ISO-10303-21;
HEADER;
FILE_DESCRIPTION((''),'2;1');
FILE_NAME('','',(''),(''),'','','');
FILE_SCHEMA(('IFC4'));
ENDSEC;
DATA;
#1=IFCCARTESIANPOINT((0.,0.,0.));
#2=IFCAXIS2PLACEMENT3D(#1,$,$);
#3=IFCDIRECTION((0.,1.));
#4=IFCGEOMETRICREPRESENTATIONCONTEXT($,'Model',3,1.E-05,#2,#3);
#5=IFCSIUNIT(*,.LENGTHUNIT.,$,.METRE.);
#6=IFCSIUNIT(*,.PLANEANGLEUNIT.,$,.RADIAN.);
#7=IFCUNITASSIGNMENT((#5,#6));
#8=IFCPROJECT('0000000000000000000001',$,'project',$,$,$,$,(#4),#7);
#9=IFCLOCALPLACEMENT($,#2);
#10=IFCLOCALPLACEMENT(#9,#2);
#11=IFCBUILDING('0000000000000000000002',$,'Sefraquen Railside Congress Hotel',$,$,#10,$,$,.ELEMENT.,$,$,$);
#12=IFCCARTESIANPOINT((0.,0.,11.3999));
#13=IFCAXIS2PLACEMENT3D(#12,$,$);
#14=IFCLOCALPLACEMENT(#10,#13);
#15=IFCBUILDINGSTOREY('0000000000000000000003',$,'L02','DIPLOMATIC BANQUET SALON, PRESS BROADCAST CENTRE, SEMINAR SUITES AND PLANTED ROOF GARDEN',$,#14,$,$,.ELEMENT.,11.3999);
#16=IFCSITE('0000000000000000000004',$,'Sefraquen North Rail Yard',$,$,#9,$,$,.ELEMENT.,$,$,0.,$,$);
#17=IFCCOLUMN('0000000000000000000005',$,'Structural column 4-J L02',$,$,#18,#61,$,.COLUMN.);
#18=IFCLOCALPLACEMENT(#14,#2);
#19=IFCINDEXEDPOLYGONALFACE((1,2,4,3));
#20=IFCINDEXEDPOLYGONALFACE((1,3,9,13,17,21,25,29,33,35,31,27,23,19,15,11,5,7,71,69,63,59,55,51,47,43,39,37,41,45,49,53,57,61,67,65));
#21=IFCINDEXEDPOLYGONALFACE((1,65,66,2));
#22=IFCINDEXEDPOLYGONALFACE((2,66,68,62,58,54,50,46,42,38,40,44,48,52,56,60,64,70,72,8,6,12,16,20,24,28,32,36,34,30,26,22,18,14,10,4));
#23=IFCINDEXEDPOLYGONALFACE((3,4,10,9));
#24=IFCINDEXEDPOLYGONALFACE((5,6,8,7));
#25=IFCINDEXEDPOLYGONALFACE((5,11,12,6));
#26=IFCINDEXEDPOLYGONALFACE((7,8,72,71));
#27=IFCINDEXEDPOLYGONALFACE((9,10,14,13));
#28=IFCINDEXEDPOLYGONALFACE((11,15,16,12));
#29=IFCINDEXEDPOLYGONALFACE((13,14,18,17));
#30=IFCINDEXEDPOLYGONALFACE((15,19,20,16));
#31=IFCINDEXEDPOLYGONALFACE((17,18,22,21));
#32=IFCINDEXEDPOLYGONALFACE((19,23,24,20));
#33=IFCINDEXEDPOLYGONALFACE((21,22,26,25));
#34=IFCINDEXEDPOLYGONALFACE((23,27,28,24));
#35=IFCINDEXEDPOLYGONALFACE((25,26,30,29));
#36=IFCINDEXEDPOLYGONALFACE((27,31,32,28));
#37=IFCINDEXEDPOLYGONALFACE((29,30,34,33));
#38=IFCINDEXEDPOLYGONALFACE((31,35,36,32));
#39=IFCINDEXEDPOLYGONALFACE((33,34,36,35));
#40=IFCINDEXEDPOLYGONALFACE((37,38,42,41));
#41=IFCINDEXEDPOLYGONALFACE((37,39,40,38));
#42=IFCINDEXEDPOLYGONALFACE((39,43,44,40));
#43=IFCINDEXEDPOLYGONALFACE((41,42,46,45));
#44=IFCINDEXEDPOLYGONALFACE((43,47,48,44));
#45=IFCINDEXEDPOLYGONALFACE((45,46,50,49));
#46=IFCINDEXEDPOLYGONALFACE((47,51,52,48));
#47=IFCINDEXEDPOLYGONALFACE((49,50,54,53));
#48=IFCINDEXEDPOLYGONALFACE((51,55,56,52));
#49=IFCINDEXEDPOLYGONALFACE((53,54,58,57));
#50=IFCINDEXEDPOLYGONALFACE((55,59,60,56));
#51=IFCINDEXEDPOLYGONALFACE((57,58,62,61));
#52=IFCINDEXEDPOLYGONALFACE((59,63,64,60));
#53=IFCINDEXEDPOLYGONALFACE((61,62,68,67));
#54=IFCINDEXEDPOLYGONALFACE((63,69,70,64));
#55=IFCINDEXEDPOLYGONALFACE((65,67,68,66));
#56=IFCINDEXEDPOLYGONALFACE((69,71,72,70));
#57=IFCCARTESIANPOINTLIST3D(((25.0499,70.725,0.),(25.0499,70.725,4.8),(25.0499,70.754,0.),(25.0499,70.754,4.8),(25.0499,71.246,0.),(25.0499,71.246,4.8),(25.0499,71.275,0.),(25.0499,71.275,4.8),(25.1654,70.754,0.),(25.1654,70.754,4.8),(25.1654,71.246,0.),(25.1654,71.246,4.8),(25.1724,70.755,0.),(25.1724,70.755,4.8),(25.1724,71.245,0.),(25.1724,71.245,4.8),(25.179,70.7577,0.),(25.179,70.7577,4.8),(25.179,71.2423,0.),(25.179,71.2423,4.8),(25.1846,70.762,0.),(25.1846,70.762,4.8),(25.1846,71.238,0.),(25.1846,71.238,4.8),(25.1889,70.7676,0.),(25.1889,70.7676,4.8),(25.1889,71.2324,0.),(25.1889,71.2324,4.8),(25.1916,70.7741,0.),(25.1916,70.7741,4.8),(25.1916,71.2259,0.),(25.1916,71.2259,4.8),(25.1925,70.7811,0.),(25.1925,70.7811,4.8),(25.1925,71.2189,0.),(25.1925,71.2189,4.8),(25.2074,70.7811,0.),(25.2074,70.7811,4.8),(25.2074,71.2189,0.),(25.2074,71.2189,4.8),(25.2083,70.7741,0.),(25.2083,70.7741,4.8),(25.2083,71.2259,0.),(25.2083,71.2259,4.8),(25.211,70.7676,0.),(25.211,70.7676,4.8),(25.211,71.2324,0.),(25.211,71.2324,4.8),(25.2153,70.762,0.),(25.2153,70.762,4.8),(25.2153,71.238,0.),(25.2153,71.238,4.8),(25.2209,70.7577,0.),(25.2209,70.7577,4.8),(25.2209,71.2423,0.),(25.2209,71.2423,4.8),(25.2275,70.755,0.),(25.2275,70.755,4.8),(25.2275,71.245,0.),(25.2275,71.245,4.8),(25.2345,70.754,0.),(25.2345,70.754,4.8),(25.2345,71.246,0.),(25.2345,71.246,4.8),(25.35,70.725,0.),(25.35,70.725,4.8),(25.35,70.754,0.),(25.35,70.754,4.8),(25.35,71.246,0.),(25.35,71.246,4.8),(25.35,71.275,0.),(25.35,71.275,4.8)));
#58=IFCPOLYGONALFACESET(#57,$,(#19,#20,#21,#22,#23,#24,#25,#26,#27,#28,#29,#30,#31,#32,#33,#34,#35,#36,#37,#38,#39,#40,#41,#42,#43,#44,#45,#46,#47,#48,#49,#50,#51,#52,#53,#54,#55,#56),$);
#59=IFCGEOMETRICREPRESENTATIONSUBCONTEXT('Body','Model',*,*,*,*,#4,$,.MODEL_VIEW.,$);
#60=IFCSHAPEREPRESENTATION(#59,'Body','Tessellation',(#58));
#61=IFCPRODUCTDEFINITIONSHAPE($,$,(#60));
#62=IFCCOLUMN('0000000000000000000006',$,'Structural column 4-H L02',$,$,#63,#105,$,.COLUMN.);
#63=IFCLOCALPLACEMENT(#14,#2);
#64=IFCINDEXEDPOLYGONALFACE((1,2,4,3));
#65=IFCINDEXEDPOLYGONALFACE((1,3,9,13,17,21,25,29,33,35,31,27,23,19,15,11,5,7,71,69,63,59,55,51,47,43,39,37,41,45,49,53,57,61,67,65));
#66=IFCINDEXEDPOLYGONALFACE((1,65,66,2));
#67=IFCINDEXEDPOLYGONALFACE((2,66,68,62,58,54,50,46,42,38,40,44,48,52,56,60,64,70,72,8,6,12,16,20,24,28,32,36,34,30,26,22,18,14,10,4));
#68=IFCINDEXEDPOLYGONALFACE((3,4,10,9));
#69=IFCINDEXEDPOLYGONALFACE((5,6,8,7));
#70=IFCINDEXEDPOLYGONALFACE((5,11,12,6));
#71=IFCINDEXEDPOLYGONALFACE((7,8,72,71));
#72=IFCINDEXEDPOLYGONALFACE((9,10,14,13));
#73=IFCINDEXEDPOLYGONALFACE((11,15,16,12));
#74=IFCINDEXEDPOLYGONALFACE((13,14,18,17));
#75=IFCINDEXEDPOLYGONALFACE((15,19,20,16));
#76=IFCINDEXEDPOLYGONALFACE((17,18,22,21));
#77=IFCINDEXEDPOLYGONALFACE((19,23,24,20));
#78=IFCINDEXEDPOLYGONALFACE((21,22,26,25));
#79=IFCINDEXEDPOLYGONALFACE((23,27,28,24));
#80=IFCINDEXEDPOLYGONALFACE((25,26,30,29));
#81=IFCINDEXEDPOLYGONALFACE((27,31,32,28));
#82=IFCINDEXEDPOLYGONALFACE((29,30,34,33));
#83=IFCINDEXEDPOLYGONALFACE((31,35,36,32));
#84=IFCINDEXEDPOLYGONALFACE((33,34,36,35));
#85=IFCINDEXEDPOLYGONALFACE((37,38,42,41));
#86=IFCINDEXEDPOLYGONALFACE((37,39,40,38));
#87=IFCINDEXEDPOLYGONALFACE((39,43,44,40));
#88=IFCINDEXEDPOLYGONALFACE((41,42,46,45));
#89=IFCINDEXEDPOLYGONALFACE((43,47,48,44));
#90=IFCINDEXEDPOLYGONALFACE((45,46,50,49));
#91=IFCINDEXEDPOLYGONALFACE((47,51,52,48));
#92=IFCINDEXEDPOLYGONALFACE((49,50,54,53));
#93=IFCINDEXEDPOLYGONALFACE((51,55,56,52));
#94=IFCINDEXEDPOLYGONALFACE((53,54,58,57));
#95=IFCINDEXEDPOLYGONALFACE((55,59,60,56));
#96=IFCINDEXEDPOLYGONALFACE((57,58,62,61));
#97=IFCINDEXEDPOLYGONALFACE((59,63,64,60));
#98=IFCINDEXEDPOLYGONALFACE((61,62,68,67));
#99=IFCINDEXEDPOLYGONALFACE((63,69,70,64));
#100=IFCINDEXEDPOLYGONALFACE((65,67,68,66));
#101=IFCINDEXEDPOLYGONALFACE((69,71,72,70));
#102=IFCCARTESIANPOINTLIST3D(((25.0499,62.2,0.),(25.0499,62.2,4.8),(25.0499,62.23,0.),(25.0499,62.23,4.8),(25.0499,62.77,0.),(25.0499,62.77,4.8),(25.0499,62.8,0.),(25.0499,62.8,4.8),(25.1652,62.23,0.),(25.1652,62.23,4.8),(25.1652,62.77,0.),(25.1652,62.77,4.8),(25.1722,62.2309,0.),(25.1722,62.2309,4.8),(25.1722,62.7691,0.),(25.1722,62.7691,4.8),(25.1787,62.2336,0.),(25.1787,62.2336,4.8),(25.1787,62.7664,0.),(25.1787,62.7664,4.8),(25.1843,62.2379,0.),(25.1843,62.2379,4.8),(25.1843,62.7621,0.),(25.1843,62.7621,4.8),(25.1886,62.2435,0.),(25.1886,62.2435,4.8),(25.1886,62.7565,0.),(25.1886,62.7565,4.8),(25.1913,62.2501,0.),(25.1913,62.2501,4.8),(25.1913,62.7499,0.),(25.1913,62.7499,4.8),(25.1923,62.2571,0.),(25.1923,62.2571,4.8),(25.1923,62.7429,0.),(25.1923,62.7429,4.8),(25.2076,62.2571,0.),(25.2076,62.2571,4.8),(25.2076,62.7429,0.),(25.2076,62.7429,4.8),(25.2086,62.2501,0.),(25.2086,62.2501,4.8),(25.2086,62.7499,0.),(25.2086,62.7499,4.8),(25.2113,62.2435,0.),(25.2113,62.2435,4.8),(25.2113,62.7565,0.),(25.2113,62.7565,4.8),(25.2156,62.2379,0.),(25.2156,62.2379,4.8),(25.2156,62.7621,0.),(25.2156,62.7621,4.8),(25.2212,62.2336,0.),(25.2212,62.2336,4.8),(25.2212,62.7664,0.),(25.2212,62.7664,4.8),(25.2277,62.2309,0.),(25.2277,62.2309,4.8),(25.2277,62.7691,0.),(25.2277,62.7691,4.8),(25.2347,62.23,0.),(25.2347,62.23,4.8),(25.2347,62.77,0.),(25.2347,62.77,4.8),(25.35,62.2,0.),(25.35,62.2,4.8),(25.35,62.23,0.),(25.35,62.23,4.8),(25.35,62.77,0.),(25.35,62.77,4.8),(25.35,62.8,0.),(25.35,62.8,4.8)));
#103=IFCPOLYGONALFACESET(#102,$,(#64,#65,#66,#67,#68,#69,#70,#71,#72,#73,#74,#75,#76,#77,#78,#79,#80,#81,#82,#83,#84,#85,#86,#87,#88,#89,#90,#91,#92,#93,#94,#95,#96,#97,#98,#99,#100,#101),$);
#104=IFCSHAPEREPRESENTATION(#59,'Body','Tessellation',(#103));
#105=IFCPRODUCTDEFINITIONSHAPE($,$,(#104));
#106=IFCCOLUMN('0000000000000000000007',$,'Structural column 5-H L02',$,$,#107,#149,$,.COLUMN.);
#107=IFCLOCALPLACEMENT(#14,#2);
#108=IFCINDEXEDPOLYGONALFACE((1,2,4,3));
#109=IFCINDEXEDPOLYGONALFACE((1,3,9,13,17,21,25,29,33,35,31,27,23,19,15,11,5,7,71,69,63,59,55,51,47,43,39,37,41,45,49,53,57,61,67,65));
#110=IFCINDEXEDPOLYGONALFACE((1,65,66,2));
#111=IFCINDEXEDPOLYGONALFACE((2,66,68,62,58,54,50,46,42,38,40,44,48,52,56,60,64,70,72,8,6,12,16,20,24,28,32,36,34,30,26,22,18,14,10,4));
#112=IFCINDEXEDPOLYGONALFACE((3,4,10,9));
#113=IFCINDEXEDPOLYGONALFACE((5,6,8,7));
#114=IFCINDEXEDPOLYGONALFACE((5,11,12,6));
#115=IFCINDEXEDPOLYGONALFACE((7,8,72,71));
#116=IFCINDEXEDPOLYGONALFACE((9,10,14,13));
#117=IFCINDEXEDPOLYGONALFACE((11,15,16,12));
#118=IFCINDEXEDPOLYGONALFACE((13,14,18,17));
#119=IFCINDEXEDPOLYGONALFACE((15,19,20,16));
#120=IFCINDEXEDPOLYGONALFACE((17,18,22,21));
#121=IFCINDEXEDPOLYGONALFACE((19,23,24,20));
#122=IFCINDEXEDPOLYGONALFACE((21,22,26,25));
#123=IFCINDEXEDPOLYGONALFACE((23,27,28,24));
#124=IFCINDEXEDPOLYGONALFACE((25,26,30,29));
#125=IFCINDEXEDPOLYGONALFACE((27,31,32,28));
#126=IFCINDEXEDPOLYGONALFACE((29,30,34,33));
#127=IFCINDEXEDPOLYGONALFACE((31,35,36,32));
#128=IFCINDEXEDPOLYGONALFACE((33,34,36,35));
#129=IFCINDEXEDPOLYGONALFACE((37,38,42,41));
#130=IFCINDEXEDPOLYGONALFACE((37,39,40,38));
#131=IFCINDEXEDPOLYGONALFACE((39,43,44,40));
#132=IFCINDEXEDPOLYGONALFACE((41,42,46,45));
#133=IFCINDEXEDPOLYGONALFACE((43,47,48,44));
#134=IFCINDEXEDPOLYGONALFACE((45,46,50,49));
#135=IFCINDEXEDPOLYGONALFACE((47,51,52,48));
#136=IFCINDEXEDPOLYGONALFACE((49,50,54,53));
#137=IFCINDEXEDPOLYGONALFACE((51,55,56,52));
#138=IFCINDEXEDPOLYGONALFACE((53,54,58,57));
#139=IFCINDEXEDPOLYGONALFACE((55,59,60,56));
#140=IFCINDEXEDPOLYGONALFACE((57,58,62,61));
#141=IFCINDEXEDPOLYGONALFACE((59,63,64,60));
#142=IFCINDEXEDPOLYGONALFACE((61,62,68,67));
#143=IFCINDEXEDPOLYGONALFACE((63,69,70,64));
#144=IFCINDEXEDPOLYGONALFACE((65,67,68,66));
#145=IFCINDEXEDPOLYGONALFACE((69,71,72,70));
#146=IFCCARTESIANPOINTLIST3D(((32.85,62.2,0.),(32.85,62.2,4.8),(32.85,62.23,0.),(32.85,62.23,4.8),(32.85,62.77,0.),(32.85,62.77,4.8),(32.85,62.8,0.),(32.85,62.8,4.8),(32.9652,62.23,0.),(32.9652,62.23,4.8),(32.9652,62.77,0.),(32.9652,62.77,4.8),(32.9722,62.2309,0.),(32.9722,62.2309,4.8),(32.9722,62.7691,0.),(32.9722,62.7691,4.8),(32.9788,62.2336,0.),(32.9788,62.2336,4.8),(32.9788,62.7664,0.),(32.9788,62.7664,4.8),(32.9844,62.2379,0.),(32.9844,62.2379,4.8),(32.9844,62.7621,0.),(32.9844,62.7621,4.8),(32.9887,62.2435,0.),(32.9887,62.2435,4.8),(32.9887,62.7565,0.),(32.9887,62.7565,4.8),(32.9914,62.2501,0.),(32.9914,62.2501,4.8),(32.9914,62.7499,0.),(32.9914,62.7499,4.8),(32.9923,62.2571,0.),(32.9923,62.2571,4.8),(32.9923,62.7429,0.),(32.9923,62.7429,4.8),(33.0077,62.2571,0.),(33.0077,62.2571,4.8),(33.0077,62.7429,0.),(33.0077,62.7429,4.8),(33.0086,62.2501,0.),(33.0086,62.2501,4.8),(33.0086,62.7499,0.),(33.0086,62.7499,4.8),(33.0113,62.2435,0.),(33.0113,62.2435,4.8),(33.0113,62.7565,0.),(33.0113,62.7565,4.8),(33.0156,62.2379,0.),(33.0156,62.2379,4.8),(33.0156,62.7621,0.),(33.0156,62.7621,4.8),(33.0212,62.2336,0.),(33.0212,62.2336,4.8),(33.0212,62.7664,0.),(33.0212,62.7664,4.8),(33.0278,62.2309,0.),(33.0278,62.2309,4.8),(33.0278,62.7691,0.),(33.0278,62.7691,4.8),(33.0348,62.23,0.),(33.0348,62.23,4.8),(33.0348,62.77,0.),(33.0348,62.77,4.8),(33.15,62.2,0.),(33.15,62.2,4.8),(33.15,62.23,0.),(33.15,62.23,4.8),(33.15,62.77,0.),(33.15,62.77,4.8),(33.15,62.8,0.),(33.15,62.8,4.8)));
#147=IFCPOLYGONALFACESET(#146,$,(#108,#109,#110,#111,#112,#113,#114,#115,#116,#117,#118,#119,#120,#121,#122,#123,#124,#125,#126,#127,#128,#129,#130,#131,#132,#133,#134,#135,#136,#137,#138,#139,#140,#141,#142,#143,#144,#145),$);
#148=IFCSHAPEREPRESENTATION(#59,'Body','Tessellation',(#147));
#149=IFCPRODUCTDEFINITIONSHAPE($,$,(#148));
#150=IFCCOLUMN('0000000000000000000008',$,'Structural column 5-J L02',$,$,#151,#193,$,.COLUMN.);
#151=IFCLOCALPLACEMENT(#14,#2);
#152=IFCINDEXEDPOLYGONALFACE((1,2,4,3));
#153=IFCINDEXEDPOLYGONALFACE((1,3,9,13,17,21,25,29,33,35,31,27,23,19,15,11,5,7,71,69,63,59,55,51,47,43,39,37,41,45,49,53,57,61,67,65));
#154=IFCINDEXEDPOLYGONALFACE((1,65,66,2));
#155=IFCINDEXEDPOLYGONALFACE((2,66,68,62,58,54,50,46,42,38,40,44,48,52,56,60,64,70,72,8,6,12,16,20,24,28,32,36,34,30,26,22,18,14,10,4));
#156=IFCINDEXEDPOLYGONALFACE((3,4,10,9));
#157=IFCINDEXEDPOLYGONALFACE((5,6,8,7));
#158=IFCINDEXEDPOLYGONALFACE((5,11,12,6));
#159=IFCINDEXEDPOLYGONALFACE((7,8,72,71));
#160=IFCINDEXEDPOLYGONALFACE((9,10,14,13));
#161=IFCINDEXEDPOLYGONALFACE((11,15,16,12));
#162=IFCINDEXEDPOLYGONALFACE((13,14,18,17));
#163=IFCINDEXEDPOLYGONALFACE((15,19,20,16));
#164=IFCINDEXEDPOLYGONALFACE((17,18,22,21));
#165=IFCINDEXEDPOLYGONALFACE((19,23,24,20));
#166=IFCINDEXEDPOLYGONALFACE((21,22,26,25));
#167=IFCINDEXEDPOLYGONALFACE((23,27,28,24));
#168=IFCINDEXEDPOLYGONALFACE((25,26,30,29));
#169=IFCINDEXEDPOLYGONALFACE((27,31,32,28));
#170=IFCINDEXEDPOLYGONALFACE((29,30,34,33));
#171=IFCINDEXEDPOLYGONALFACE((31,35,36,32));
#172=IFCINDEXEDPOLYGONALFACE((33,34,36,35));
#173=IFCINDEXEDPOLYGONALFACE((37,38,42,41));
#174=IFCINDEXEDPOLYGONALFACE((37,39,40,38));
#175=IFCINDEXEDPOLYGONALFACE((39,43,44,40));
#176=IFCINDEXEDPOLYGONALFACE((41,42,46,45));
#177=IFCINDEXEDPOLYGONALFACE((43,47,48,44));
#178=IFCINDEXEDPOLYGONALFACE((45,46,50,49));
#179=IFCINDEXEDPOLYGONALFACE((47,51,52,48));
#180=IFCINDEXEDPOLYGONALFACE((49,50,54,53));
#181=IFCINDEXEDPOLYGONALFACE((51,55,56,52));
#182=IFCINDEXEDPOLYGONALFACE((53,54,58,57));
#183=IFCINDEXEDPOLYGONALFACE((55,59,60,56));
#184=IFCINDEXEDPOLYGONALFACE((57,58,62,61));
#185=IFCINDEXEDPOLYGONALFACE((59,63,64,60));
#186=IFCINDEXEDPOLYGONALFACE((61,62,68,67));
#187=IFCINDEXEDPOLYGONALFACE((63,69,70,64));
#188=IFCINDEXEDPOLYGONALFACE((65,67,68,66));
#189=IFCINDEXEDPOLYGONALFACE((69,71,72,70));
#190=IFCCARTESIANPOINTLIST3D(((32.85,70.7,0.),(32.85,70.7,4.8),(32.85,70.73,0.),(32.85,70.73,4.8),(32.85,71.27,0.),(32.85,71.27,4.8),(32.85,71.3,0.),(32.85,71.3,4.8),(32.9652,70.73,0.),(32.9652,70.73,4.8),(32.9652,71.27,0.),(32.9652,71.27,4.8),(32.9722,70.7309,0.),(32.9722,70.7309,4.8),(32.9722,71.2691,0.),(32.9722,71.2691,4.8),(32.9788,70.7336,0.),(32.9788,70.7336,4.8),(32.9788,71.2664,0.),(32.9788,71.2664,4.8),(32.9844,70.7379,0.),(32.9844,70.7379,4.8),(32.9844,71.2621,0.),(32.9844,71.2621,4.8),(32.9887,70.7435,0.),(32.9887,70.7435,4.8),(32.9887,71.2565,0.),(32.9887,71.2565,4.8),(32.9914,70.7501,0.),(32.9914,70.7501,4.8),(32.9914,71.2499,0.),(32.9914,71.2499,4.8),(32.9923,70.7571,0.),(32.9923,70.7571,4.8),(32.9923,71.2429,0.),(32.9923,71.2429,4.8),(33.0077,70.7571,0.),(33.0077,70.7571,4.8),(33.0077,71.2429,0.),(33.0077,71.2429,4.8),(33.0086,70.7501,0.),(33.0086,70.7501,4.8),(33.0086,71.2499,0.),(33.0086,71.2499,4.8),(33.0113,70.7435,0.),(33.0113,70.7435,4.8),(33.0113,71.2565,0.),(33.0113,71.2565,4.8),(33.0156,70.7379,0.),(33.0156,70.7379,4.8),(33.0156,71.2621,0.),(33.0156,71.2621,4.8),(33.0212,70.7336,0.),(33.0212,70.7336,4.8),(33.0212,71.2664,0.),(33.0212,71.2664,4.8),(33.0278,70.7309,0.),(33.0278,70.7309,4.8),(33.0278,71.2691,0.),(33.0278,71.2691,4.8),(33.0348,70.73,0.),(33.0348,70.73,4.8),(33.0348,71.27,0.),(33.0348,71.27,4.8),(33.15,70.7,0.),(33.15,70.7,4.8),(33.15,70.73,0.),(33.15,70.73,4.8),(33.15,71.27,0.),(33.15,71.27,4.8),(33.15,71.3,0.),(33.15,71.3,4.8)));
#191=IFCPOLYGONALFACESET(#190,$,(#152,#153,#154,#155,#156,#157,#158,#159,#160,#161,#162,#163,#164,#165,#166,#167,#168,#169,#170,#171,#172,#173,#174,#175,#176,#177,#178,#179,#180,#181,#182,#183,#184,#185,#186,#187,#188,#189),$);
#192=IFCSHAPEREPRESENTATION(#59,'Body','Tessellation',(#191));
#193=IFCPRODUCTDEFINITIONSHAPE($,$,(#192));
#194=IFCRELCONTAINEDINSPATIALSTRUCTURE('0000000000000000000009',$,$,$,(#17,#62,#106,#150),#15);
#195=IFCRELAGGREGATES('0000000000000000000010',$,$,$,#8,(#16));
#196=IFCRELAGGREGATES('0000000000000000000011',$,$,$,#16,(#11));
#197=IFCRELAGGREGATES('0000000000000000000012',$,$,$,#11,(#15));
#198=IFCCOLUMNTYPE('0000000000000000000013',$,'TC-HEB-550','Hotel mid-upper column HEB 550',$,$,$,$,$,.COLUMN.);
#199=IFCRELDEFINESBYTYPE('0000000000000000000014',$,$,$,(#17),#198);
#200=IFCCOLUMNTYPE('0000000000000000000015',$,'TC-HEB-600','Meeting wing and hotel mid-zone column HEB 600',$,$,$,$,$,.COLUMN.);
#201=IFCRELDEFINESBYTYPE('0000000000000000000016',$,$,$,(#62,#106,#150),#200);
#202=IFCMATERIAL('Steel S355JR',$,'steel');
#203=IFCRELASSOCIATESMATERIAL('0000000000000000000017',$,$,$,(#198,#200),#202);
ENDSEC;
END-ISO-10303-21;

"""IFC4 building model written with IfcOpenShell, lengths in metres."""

from ifc_helpers import new_model, si_unit, direction, frame, origin, origin_2d, place, context, subcontext, project, spatial, i_section, extrude, material, material_profile, profile_set, type_object, element, save


model = new_model("IFC4")

# Units and contexts
model_context = context("Model", 3, precision=1e-05, world=origin(), true_north=direction((0.0, 1.0)))
body_context = subcontext(model_context, "Body", "Model", "MODEL_VIEW")
ifc_project = project(units=[si_unit("LENGTHUNIT", "METRE"), si_unit("PLANEANGLEUNIT", "RADIAN")], contexts=[model_context])

# Site, building, storey
site_placement = place(None, origin())
site = spatial("IfcSite", under=ifc_project, at=site_placement, Name="Sefraquen North Rail Yard", CompositionType="ELEMENT", RefElevation=0.0)
building_placement = place(site_placement, origin())
building = spatial("IfcBuilding", under=site, at=building_placement, Name="Sefraquen Railside Congress Hotel", CompositionType="ELEMENT")
storey_placement = place(building_placement, frame((0.0, 0.0, 11.3999)))
storey = spatial("IfcBuildingStorey", under=building, at=storey_placement, Name="L02", Description="DIPLOMATIC BANQUET SALON, PRESS BROADCAST CENTRE, SEMINAR SUITES AND PLANTED ROOF GARDEN", CompositionType="ELEMENT", Elevation=11.3999)

# Columns
ifc_material_1 = material(Name="Steel S355JR", Category="steel")
ifc_material_profile_1 = material_profile(ifc_material_1, i_section(OverallWidth=0.3, OverallDepth=0.55, WebThickness=0.0149, FlangeThickness=0.0291, FilletRadius=0.0271, at=origin_2d()), Name="HEB 550")
ifc_profile_set_1 = profile_set([ifc_material_profile_1], Name="Steel S355JR")
column_type_1 = type_object("IfcColumnType", Name="TC-HEB-550", Description="Hotel mid-upper column HEB 550", PredefinedType="COLUMN", material=ifc_profile_set_1)
column_placement = place(storey_placement, frame((25.2, 71.0, 0.0), z_axis=(0.0, 0.0, 1.0), x_axis=(1.0, 0.0, 0.0)))
element("IfcColumn", 1, at=column_placement, inside=storey, type_object=column_type_1, Name="Structural column 4-J L02", PredefinedType="COLUMN", context=body_context, shape_type="SweptSolid", body=[
    extrude(i_section(OverallWidth=0.3, OverallDepth=0.55, WebThickness=0.0149, FlangeThickness=0.0291, FilletRadius=0.0271, at=origin_2d()), origin(), (0.0, 0.0, 1.0), 4.8),
])
ifc_material_profile_2 = material_profile(ifc_material_1, i_section(OverallWidth=0.3, OverallDepth=0.6001, WebThickness=0.0154, FlangeThickness=0.03, FilletRadius=0.0271, at=origin_2d()), Name="HEB 600")
ifc_profile_set_2 = profile_set([ifc_material_profile_2], Name="Steel S355JR")
column_type_2 = type_object("IfcColumnType", Name="TC-HEB-600", Description="Meeting wing and hotel mid-zone column HEB 600", PredefinedType="COLUMN", material=ifc_profile_set_2)
for number, where, z_axis, x_axis, name in (
    (2, (25.2, 62.5, 0.0), (0.0, 0.0, 1.0), (1.0, 0.0, 0.0), "Structural column 4-H L02"),
    (3, (33.0, 62.5, 0.0), (0.0, 0.0, 1.0), (1.0, 0.0, 0.0), "Structural column 5-H L02"),
    (4, (33.0, 71.0, 0.0), (0.0, 0.0, 1.0), (1.0, 0.0, 0.0), "Structural column 5-J L02"),
):
    element("IfcColumn", number, at=place(storey_placement, frame(where, z_axis=z_axis, x_axis=x_axis)), inside=storey, type_object=column_type_2, Name=name, PredefinedType="COLUMN", context=body_context, shape_type="SweptSolid", body=[
        extrude(i_section(OverallWidth=0.3, OverallDepth=0.6001, WebThickness=0.0154, FlangeThickness=0.03, FilletRadius=0.0271, at=origin_2d()), origin(), (0.0, 0.0, 1.0), 4.8),
    ])

save(model, "model.ifc")
